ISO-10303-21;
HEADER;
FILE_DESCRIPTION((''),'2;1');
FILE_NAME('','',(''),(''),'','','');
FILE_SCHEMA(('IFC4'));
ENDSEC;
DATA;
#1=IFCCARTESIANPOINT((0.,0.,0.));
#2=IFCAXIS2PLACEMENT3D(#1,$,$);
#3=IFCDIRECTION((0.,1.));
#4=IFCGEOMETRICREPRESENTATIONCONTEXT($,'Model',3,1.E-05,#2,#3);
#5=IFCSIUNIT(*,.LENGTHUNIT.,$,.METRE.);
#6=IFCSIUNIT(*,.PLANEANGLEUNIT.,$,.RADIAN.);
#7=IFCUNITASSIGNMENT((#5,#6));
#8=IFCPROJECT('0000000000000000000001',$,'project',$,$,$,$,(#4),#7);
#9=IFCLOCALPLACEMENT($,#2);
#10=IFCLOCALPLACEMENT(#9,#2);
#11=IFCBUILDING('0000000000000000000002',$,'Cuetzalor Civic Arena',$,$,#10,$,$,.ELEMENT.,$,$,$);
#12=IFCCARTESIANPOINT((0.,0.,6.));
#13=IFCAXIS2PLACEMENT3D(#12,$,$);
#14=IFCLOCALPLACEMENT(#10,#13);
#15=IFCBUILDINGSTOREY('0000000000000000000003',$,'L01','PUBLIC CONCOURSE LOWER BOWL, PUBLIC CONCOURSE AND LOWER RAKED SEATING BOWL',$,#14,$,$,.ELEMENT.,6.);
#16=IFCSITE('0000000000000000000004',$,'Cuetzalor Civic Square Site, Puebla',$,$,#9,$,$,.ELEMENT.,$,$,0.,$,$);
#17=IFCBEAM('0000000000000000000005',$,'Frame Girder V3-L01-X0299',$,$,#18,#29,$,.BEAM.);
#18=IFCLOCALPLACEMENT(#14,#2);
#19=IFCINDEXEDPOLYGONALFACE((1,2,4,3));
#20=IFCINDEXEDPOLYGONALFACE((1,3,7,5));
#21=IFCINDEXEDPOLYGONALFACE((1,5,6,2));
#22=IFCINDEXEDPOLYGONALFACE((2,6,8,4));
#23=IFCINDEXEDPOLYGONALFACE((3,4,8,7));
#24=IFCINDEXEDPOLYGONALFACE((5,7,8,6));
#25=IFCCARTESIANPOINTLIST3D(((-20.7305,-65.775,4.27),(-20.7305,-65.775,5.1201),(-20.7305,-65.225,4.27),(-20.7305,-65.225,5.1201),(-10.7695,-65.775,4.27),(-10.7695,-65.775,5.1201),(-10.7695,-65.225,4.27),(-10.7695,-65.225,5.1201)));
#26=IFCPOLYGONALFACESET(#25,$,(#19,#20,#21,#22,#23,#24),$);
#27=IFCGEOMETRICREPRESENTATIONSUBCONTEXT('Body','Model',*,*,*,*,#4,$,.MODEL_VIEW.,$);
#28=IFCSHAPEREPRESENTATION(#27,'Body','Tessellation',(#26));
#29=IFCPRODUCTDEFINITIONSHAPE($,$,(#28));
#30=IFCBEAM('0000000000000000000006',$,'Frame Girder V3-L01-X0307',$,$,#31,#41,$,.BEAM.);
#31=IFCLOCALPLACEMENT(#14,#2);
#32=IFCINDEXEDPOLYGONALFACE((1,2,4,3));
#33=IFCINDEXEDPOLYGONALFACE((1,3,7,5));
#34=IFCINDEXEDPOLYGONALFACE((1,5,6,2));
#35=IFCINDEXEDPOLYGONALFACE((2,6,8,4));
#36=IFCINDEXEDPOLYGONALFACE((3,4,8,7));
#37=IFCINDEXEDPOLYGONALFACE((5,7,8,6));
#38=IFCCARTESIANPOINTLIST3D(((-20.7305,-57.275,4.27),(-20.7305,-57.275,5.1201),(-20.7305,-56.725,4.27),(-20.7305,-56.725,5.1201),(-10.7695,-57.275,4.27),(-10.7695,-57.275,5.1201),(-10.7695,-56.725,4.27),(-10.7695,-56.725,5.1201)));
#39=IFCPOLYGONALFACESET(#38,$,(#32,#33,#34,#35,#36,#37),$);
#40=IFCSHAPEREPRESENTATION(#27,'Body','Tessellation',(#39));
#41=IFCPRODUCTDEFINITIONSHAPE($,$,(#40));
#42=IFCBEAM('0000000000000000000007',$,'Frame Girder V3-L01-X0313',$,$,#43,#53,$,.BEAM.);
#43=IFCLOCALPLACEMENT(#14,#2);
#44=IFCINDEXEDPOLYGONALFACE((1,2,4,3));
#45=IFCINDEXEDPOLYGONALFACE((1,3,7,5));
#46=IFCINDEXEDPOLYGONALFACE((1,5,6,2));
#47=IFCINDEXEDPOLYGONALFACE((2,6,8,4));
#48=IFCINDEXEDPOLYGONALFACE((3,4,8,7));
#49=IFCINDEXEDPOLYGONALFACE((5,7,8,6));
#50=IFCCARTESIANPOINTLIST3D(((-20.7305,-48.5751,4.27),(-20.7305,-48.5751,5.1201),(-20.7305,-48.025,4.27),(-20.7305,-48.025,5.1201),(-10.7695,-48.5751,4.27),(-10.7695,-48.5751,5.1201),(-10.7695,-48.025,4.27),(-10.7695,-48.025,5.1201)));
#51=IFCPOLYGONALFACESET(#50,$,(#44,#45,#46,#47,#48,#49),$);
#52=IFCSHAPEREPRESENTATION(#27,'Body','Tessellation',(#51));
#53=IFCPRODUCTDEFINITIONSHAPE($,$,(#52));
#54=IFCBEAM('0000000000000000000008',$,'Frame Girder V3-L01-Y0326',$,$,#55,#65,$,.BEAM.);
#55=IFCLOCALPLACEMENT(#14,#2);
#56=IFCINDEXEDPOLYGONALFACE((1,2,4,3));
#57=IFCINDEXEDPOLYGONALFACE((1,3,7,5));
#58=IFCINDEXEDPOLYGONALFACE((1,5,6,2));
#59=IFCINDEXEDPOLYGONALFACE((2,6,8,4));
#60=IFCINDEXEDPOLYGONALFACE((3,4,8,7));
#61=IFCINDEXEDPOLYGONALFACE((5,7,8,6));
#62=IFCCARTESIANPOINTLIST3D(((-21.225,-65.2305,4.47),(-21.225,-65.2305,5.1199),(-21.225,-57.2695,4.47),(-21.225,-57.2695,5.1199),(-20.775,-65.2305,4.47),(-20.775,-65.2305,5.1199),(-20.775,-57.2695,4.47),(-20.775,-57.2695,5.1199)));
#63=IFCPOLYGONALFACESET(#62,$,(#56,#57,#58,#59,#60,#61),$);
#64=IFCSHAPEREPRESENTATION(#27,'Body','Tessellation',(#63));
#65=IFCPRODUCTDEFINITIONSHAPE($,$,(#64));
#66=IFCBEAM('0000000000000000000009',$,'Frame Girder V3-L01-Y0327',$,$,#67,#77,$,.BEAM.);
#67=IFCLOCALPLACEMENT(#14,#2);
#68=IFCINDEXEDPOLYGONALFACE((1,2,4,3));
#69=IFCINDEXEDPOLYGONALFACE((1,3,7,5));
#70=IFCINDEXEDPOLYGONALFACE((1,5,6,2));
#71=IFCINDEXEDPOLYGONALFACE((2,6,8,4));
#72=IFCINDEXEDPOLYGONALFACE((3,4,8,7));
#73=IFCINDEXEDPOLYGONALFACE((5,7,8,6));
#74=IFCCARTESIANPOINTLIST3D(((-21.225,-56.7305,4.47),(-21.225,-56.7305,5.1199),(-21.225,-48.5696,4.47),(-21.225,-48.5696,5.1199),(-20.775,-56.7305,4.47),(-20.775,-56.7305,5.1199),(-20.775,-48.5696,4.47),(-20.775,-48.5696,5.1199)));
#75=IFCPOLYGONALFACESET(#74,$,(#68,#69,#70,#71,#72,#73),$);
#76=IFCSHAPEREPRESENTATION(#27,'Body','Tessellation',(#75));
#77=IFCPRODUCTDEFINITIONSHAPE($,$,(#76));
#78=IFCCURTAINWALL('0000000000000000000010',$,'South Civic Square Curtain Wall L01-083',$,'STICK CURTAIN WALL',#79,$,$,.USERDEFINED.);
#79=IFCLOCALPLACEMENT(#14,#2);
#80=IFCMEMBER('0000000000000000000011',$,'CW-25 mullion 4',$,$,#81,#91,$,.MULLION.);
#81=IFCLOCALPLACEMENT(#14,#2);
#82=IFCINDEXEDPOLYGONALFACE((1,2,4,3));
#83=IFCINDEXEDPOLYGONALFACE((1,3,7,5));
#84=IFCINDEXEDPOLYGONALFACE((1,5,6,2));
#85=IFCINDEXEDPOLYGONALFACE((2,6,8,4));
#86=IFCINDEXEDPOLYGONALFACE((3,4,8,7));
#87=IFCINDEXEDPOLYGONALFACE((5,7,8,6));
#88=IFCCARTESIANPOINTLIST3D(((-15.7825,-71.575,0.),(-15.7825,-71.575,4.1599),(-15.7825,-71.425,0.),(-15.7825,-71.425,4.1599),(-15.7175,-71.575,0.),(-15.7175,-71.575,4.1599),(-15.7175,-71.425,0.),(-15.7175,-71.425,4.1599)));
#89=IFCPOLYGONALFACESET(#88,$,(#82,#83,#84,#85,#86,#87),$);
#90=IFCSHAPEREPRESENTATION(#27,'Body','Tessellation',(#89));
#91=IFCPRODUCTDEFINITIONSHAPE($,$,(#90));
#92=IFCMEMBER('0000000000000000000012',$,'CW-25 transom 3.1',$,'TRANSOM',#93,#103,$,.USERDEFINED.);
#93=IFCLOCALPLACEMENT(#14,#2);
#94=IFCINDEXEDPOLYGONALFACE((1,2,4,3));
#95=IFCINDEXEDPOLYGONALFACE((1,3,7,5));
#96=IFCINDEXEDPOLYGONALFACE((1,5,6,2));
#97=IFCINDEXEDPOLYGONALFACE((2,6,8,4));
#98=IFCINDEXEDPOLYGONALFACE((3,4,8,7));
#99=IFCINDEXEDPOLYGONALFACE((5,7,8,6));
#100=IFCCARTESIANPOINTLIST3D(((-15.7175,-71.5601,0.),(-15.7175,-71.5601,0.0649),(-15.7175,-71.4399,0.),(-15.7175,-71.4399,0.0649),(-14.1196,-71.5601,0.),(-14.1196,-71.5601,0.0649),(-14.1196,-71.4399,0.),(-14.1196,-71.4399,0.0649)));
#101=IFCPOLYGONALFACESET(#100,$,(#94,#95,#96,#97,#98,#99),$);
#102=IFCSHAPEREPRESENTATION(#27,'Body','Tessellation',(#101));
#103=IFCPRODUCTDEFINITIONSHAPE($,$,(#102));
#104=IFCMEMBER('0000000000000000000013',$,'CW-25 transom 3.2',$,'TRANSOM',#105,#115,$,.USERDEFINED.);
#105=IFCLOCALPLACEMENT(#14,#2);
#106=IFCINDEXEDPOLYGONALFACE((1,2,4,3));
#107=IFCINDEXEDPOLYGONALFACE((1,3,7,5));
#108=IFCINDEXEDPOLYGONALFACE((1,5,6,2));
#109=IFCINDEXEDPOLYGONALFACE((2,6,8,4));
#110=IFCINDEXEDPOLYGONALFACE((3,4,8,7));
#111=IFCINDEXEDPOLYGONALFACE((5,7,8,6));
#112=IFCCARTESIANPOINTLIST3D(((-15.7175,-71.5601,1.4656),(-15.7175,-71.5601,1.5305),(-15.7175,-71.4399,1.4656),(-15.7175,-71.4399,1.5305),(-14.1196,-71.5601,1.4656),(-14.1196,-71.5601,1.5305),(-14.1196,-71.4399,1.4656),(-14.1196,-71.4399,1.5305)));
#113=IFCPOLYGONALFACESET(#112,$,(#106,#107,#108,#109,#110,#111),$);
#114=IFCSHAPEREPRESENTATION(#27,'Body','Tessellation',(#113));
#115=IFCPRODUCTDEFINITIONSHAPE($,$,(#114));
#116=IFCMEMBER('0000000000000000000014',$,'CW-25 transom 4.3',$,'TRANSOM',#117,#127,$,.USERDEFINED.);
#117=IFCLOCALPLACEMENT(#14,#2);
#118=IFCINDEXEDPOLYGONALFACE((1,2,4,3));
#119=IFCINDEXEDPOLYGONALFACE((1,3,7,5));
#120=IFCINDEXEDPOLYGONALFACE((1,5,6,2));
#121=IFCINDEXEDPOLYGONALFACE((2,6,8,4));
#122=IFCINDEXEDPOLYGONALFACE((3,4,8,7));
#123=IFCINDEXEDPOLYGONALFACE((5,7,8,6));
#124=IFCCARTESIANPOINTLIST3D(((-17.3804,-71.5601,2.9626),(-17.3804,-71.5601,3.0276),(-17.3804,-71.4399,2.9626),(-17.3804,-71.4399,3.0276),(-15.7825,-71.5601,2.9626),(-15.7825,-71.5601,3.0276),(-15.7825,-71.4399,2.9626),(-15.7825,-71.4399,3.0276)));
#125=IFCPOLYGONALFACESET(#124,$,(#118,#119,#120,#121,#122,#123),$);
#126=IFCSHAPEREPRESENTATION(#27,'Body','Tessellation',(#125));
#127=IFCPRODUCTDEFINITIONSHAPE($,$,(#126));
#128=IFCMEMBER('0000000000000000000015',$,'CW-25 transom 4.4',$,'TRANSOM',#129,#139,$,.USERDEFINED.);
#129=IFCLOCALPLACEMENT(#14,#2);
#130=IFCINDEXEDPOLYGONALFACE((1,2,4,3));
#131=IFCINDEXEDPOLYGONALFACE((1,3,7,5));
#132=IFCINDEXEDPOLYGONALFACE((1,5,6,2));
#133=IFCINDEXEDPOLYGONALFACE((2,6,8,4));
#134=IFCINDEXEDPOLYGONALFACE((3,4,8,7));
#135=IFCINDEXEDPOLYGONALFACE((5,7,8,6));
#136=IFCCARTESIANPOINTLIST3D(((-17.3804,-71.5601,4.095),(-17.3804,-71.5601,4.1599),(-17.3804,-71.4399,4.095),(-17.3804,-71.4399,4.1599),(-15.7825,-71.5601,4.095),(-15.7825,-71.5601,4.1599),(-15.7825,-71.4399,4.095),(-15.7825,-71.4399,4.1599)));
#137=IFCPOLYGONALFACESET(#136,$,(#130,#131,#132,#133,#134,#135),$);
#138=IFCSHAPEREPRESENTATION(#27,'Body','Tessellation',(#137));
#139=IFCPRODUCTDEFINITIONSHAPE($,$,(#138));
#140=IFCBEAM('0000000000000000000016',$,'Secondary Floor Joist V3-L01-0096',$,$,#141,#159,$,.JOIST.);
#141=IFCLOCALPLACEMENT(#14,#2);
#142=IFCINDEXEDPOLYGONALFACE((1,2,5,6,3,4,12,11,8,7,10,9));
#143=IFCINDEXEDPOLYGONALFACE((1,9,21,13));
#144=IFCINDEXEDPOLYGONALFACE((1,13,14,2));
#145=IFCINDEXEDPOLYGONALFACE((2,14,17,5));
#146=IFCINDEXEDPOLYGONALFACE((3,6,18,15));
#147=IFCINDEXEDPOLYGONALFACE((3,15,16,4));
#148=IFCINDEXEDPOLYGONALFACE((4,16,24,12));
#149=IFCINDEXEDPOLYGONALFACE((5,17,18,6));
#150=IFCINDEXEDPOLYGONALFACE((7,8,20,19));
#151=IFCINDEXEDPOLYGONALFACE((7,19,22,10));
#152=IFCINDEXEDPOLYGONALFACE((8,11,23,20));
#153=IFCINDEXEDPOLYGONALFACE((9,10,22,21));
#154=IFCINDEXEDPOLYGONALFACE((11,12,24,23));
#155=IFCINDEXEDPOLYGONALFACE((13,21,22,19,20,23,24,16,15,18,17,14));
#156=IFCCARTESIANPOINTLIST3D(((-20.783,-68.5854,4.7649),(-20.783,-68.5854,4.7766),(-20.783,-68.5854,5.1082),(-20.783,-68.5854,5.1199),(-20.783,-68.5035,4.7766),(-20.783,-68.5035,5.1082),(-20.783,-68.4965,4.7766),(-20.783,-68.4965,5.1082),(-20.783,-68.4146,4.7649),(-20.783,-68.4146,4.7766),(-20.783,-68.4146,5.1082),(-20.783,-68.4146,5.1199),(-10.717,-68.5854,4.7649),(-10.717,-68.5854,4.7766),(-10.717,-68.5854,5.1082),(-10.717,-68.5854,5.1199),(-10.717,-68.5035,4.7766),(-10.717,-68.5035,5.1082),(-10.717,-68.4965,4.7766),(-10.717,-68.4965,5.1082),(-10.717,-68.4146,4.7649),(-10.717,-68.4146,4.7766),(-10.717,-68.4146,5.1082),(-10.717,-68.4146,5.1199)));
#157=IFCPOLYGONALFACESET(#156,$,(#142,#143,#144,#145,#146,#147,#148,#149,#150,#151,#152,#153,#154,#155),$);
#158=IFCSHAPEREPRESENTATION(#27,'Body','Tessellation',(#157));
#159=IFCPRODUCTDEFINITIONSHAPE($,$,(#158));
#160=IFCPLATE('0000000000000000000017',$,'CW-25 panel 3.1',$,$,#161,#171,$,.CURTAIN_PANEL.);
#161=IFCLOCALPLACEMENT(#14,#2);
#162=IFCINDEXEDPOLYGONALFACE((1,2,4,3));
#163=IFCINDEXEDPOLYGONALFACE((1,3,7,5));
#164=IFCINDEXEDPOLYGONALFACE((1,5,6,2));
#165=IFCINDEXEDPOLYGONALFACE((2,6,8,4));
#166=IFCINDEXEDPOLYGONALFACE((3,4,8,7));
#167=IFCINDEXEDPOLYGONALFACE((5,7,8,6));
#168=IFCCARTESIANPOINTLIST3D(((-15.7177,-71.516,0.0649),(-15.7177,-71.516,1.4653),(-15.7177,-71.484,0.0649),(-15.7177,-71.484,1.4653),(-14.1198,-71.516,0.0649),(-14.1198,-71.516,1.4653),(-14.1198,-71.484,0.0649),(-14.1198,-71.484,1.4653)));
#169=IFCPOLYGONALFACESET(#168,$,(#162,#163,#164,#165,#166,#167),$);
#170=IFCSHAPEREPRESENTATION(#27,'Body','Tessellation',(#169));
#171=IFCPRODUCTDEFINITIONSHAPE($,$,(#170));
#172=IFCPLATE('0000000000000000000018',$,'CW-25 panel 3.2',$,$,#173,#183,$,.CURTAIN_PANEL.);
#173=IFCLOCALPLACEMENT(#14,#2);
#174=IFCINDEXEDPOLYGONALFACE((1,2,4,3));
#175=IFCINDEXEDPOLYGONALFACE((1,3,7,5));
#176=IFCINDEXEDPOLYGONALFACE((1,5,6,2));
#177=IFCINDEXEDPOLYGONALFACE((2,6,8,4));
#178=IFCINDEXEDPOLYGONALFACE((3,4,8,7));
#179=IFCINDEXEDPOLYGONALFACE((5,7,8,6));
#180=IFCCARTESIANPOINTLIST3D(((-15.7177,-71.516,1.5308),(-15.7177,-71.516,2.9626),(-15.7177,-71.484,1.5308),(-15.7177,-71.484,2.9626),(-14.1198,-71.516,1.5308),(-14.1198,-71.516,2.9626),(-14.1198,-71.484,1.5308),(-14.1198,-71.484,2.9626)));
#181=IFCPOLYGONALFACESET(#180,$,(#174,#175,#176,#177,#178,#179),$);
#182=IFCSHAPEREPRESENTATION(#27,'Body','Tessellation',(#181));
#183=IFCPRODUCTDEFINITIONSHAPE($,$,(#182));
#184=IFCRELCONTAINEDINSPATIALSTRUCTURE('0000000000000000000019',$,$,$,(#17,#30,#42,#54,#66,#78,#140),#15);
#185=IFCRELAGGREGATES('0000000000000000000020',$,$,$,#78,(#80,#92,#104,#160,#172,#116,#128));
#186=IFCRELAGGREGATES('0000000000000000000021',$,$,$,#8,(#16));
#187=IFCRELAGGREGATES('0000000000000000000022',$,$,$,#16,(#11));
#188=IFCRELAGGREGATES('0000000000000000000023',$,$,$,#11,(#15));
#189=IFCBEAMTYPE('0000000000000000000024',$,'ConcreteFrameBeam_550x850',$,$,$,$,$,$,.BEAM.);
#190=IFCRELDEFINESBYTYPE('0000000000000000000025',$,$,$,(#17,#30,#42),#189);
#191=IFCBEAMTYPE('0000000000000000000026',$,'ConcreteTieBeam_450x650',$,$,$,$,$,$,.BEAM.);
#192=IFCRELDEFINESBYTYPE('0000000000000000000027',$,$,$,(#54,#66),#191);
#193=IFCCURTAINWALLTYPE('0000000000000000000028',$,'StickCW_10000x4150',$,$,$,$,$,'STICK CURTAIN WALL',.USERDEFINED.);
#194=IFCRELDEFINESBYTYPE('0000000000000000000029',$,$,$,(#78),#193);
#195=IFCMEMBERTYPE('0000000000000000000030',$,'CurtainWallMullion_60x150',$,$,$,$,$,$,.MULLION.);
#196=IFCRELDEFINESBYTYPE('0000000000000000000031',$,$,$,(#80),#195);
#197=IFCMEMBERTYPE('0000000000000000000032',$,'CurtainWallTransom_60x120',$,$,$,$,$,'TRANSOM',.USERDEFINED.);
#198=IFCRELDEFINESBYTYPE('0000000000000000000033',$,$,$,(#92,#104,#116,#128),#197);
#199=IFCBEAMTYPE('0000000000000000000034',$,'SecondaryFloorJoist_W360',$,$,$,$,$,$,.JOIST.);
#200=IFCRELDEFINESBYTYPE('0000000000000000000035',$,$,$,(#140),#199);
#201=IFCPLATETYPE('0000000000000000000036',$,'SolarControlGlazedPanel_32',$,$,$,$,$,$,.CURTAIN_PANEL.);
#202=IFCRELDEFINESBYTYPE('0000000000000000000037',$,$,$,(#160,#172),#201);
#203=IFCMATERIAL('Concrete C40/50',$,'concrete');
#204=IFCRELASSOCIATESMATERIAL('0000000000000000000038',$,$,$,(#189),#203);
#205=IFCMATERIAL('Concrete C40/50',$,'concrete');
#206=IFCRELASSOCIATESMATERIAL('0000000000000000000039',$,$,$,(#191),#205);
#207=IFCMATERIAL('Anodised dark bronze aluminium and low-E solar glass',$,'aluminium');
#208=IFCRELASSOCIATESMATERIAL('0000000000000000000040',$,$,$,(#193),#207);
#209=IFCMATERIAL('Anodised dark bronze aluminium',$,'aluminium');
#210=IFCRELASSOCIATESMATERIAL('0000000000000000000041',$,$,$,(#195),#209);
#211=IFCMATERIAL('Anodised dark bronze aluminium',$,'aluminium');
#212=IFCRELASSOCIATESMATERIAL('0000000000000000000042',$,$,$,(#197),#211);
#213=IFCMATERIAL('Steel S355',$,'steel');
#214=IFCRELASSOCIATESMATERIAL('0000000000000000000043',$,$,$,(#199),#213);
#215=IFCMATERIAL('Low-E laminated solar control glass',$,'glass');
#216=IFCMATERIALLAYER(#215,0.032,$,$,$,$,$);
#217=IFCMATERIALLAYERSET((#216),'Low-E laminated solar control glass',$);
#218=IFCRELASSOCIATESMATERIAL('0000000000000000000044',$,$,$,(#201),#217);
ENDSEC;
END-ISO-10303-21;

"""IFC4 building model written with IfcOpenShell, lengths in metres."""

from ifc_helpers import new_model, si_unit, direction, frame, origin, origin_2d, place, context, subcontext, project, spatial, rectangle, i_section, extrude, material, layer, layer_set, material_profile, profile_set, type_object, element, aggregate, save


model = new_model("IFC4")

# Units and contexts
model_context = context("Model", 3, precision=1e-05, world=origin(), true_north=direction((0.0, 1.0)))
body_context = subcontext(model_context, "Body", "Model", "MODEL_VIEW")
ifc_project = project(units=[si_unit("LENGTHUNIT", "METRE"), si_unit("PLANEANGLEUNIT", "RADIAN")], contexts=[model_context])

# Site, building, storey
site_placement = place(None, origin())
site = spatial("IfcSite", under=ifc_project, at=site_placement, Name="Cuetzalor Civic Square Site, Puebla", CompositionType="ELEMENT", RefElevation=0.0)
building_placement = place(site_placement, origin())
building = spatial("IfcBuilding", under=site, at=building_placement, Name="Cuetzalor Civic Arena", CompositionType="ELEMENT")
storey_placement = place(building_placement, frame((0.0, 0.0, 6.0)))
storey = spatial("IfcBuildingStorey", under=building, at=storey_placement, Name="L01", Description="PUBLIC CONCOURSE LOWER BOWL, PUBLIC CONCOURSE AND LOWER RAKED SEATING BOWL", CompositionType="ELEMENT", Elevation=6.0)

# Beams
ifc_material_1 = material(Name="Concrete C40/50", Category="concrete")
ifc_material_profile_1 = material_profile(ifc_material_1, rectangle(XDim=0.55, YDim=0.8501, at=origin_2d()), Name="RC 550x850")
ifc_profile_set_1 = profile_set([ifc_material_profile_1], Name="Concrete C40/50")
beam_type_1 = type_object("IfcBeamType", Name="ConcreteFrameBeam_550x850", PredefinedType="BEAM", material=ifc_profile_set_1)
for number, where, z_axis, x_axis, name in (
    (1, (-20.7305, -65.5, 4.6951), (1.0, 0.0, 0.0), (0.0, 1.0, 0.0), "Frame Girder V3-L01-X0299"),
    (2, (-20.7305, -57.0, 4.6951), (1.0, 0.0, 0.0), (0.0, 1.0, 0.0), "Frame Girder V3-L01-X0307"),
    (3, (-20.7305, -48.3, 4.6951), (1.0, 0.0, 0.0), (0.0, 1.0, 0.0), "Frame Girder V3-L01-X0313"),
):
    element("IfcBeam", number, at=place(storey_placement, frame(where, z_axis=z_axis, x_axis=x_axis)), inside=storey, type_object=beam_type_1, Name=name, PredefinedType="BEAM", context=body_context, shape_type="SweptSolid", body=[
        extrude(rectangle(XDim=0.55, YDim=0.8501, at=origin_2d()), origin(), (0.0, 0.0, 1.0), 9.9609),
    ])
ifc_material_2 = material(Name="Concrete C40/50", Category="concrete")
ifc_material_profile_2 = material_profile(ifc_material_2, rectangle(XDim=0.45, YDim=0.6499, at=origin_2d()), Name="RC 450x650")
ifc_profile_set_2 = profile_set([ifc_material_profile_2], Name="Concrete C40/50")
beam_type_2 = type_object("IfcBeamType", Name="ConcreteTieBeam_450x650", PredefinedType="BEAM", material=ifc_profile_set_2)
beam_1_placement = place(storey_placement, frame((-21.0, -65.2305, 4.7949), z_axis=(0.0, 1.0, 0.0), x_axis=(-1.0, 0.0, 0.0)))
element("IfcBeam", 4, at=beam_1_placement, inside=storey, type_object=beam_type_2, Name="Frame Girder V3-L01-Y0326", PredefinedType="BEAM", context=body_context, shape_type="SweptSolid", body=[
    extrude(rectangle(XDim=0.45, YDim=0.6499, at=origin_2d()), origin(), (0.0, 0.0, 1.0), 7.9609),
])
beam_2_placement = place(storey_placement, frame((-21.0, -56.7305, 4.7949), z_axis=(0.0, 1.0, 0.0), x_axis=(-1.0, 0.0, 0.0)))
element("IfcBeam", 5, at=beam_2_placement, inside=storey, type_object=beam_type_2, Name="Frame Girder V3-L01-Y0327", PredefinedType="BEAM", context=body_context, shape_type="SweptSolid", body=[
    extrude(rectangle(XDim=0.45, YDim=0.6499, at=origin_2d()), origin(), (0.0, 0.0, 1.0), 8.1609),
])

# Curtain wall, members
ifc_material_3 = material(Name="Anodised dark bronze aluminium and low-E solar glass", Category="aluminium")
curtain_wall_type = type_object("IfcCurtainWallType", Name="StickCW_10000x4150", ElementType="STICK CURTAIN WALL", PredefinedType="USERDEFINED", material=ifc_material_3)
curtain_wall_placement = place(storey_placement, origin())
curtain_wall = element("IfcCurtainWall", 6, at=curtain_wall_placement, inside=storey, type_object=curtain_wall_type, Name="South Civic Square Curtain Wall L01-083", ObjectType="STICK CURTAIN WALL", PredefinedType="USERDEFINED")
ifc_material_4 = material(Name="Anodised dark bronze aluminium", Category="aluminium")
ifc_material_profile_3 = material_profile(ifc_material_4, rectangle(XDim=0.0649, YDim=0.1499, at=origin_2d()), Name="ALU MULLION 65x150")
ifc_profile_set_3 = profile_set([ifc_material_profile_3], Name="Anodised dark bronze aluminium")
member_type_1 = type_object("IfcMemberType", Name="CurtainWallMullion_60x150", PredefinedType="MULLION", material=ifc_profile_set_3)
member_1_placement = place(storey_placement, frame((-15.75, -71.5, 0.0), z_axis=(0.0, 0.0, 1.0), x_axis=(-1.0, 0.0, 0.0)))
member_1 = element("IfcMember", 7, at=member_1_placement, type_object=member_type_1, Name="CW-25 mullion 4", PredefinedType="MULLION", context=body_context, shape_type="SweptSolid", body=[
    extrude(rectangle(XDim=0.0649, YDim=0.1499, at=origin_2d()), origin(), (0.0, 0.0, 1.0), 4.1599),
])
ifc_material_5 = material(Name="Anodised dark bronze aluminium", Category="aluminium")
ifc_material_profile_4 = material_profile(ifc_material_5, rectangle(XDim=0.1201, YDim=0.0649, at=origin_2d()), Name="ALU TRANSOM 65x120")
ifc_profile_set_4 = profile_set([ifc_material_profile_4], Name="Anodised dark bronze aluminium")
member_type_2 = type_object("IfcMemberType", Name="CurtainWallTransom_60x120", ElementType="TRANSOM", PredefinedType="USERDEFINED", material=ifc_profile_set_4)
member_2_placement = place(storey_placement, frame((-14.1196, -71.5, 0.0325), z_axis=(-1.0, 0.0, 0.0), x_axis=(0.0, -1.0, 0.0)))
member_2 = element("IfcMember", 8, at=member_2_placement, type_object=member_type_2, Name="CW-25 transom 3.1", ObjectType="TRANSOM", PredefinedType="USERDEFINED", context=body_context, shape_type="SweptSolid", body=[
    extrude(rectangle(XDim=0.1201, YDim=0.0649, at=origin_2d()), origin(), (0.0, 0.0, 1.0), 1.5979),
])
member_3_placement = place(storey_placement, frame((-14.1196, -71.5, 1.498), z_axis=(-1.0, 0.0, 0.0), x_axis=(0.0, -1.0, 0.0)))
member_3 = element("IfcMember", 9, at=member_3_placement, type_object=member_type_2, Name="CW-25 transom 3.2", ObjectType="TRANSOM", PredefinedType="USERDEFINED", context=body_context, shape_type="SweptSolid", body=[
    extrude(rectangle(XDim=0.1201, YDim=0.0649, at=origin_2d()), origin(), (0.0, 0.0, 1.0), 1.5979),
])
member_4_placement = place(storey_placement, frame((-15.7825, -71.5, 2.9951), z_axis=(-1.0, 0.0, 0.0), x_axis=(0.0, -1.0, 0.0)))
member_4 = element("IfcMember", 10, at=member_4_placement, type_object=member_type_2, Name="CW-25 transom 4.3", ObjectType="TRANSOM", PredefinedType="USERDEFINED", context=body_context, shape_type="SweptSolid", body=[
    extrude(rectangle(XDim=0.1201, YDim=0.0649, at=origin_2d()), origin(), (0.0, 0.0, 1.0), 1.5979),
])
member_5_placement = place(storey_placement, frame((-15.7825, -71.5, 4.1274), z_axis=(-1.0, 0.0, 0.0), x_axis=(0.0, -1.0, 0.0)))
member_5 = element("IfcMember", 11, at=member_5_placement, type_object=member_type_2, Name="CW-25 transom 4.4", ObjectType="TRANSOM", PredefinedType="USERDEFINED", context=body_context, shape_type="SweptSolid", body=[
    extrude(rectangle(XDim=0.1201, YDim=0.0649, at=origin_2d()), origin(), (0.0, 0.0, 1.0), 1.5979),
])

# Beam
ifc_material_6 = material(Name="Steel S355", Category="steel")
ifc_material_profile_5 = material_profile(ifc_material_6, i_section(OverallWidth=0.1709, OverallDepth=0.355, WebThickness=0.0071, FlangeThickness=0.0117, at=origin_2d()), Name="W360x51")
ifc_profile_set_5 = profile_set([ifc_material_profile_5], Name="Steel S355")
beam_type_3 = type_object("IfcBeamType", Name="SecondaryFloorJoist_W360", PredefinedType="JOIST", material=ifc_profile_set_5)
beam_3_placement = place(storey_placement, frame((-20.783, -68.5, 4.9424), z_axis=(1.0, 0.0, 0.0), x_axis=(0.0, 1.0, 0.0)))
element("IfcBeam", 12, at=beam_3_placement, inside=storey, type_object=beam_type_3, Name="Secondary Floor Joist V3-L01-0096", PredefinedType="JOIST", context=body_context, shape_type="SweptSolid", body=[
    extrude(i_section(OverallWidth=0.1709, OverallDepth=0.355, WebThickness=0.0071, FlangeThickness=0.0117, at=origin_2d()), origin(), (0.0, 0.0, 1.0), 10.0659),
])

# Plates
ifc_material_7 = material(Name="Low-E laminated solar control glass", Category="glass")
ifc_layer_1 = layer(ifc_material_7, 0.032)
ifc_layer_set_1 = layer_set([ifc_layer_1], Name="Low-E laminated solar control glass")
plate_type = type_object("IfcPlateType", Name="SolarControlGlazedPanel_32", PredefinedType="CURTAIN_PANEL", material=ifc_layer_set_1)
plate_1_placement = place(storey_placement, frame((-14.9187, -71.5, 0.0649), z_axis=(0.0, 0.0, 1.0), x_axis=(-1.0, 0.0, 0.0)))
plate_1 = element("IfcPlate", 13, at=plate_1_placement, type_object=plate_type, Name="CW-25 panel 3.1", PredefinedType="CURTAIN_PANEL", context=body_context, shape_type="SweptSolid", body=[
    extrude(rectangle(XDim=1.5979, YDim=0.032, at=origin_2d()), origin(), (0.0, 0.0, 1.0), 1.4004),
])
plate_2_placement = place(storey_placement, frame((-14.9187, -71.5, 1.5308), z_axis=(0.0, 0.0, 1.0), x_axis=(-1.0, 0.0, 0.0)))
plate_2 = element("IfcPlate", 14, at=plate_2_placement, type_object=plate_type, Name="CW-25 panel 3.2", PredefinedType="CURTAIN_PANEL", context=body_context, shape_type="SweptSolid", body=[
    extrude(rectangle(XDim=1.5979, YDim=0.032, at=origin_2d()), origin(), (0.0, 0.0, 1.0), 1.4319),
])
aggregate(curtain_wall, [member_1, member_2, member_3, plate_1, plate_2, member_4, member_5])

save(model, "model.ifc")
